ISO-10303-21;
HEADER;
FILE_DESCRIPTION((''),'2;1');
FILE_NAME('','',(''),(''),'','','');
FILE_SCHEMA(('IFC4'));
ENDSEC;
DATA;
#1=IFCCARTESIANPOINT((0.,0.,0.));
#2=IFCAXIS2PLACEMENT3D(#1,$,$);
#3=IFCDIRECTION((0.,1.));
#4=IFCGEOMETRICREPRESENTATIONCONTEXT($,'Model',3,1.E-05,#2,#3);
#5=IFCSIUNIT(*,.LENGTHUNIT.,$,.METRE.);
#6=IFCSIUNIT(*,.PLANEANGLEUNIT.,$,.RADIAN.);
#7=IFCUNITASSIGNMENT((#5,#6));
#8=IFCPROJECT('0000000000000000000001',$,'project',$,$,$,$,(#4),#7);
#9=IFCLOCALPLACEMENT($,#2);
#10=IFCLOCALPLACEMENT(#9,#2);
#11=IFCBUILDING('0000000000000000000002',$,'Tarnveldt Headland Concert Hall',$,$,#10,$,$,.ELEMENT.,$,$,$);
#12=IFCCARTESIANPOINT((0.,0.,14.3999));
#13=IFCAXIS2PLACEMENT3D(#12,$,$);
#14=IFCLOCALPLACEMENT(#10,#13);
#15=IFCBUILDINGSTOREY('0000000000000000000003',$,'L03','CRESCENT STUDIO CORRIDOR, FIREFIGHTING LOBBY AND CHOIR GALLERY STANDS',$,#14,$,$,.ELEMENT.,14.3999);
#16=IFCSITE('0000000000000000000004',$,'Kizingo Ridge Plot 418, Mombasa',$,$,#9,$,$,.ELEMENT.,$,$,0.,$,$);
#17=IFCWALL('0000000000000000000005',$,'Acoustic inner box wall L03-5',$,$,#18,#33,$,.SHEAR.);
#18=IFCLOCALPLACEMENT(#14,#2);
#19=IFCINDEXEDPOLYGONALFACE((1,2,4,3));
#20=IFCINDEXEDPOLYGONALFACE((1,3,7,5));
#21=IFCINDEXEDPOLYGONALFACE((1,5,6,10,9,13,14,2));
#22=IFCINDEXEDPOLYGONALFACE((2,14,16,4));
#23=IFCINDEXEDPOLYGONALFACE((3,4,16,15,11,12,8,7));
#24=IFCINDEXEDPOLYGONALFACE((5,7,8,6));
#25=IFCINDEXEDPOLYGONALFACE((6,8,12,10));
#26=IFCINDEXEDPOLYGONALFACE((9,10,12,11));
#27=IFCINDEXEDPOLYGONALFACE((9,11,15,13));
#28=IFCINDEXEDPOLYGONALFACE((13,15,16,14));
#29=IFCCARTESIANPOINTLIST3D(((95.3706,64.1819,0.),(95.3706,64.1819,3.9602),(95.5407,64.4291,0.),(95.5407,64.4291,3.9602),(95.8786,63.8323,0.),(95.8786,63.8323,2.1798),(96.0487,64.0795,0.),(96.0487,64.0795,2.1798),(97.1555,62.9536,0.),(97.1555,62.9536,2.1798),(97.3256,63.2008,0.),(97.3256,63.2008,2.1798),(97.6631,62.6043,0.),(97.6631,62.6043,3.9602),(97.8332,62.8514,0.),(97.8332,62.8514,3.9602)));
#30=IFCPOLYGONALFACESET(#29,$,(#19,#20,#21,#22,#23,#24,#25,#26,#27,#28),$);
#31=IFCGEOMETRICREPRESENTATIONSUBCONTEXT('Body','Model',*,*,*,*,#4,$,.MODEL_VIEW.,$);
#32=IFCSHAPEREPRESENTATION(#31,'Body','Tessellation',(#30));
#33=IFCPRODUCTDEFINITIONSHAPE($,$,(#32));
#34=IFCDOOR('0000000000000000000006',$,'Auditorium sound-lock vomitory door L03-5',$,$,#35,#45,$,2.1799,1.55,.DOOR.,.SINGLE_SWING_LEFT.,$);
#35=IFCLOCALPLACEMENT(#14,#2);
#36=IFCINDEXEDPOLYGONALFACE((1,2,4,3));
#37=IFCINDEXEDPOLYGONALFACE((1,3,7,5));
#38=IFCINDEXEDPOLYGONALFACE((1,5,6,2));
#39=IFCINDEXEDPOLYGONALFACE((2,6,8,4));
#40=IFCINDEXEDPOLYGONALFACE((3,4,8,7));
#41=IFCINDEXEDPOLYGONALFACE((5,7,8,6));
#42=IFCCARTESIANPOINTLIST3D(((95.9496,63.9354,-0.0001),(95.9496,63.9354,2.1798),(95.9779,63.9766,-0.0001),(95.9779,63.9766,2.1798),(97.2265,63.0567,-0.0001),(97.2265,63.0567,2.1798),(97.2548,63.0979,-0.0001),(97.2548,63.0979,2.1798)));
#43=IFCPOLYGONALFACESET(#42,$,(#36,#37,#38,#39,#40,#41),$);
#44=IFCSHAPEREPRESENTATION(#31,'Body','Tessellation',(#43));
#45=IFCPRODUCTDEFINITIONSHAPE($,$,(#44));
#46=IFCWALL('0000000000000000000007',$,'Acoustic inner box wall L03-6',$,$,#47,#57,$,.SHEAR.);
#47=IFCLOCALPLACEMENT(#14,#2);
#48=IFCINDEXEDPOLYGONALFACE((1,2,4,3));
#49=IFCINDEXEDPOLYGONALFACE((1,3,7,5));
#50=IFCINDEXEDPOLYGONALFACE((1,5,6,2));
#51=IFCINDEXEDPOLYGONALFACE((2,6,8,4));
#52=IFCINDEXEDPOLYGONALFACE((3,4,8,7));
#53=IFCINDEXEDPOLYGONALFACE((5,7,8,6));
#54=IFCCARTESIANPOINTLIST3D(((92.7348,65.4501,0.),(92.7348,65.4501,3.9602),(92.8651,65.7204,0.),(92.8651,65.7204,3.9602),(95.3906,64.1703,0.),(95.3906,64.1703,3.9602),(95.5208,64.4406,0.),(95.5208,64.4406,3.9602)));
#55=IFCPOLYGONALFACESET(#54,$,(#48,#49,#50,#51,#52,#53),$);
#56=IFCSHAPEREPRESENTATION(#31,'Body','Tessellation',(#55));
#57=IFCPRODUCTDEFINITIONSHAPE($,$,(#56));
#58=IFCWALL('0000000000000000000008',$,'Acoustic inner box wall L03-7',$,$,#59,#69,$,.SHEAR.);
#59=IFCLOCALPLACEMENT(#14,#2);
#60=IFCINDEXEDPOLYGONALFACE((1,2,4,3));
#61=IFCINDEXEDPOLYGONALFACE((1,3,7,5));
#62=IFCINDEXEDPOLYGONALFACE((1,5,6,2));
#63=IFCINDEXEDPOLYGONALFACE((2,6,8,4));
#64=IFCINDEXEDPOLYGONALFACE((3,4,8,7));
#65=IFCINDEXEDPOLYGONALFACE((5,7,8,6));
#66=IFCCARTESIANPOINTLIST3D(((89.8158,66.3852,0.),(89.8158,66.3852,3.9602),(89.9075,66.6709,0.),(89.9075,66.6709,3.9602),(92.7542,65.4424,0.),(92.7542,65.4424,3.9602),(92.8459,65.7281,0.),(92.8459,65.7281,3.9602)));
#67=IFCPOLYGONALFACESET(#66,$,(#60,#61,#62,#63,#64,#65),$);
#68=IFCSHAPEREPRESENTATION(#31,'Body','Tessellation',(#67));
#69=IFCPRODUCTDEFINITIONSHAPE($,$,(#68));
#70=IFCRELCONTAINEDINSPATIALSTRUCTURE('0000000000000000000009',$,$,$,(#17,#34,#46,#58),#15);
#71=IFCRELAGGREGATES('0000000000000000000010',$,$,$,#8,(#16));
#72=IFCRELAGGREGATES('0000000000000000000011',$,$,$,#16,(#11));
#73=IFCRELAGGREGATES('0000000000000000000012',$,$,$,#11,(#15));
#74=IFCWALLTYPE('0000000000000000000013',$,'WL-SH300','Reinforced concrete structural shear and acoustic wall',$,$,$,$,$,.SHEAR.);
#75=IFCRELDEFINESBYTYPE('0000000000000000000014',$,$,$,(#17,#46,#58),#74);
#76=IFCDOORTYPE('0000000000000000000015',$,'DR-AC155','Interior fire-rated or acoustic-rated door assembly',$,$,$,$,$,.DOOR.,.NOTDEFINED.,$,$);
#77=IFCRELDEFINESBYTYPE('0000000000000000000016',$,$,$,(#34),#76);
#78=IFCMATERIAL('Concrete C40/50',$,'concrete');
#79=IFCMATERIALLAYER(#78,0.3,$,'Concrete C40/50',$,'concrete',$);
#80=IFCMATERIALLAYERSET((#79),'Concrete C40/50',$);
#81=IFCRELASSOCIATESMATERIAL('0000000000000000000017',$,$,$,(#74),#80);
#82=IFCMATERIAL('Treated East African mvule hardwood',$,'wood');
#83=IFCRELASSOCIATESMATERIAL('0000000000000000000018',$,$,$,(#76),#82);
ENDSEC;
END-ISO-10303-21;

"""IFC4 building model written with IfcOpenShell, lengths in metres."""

from ifc_helpers import new_model, si_unit, direction, frame, frame_2d, origin, place, context, subcontext, project, spatial, rectangle, extrude, material, layer, layer_set, type_object, element, fill, save


model = new_model("IFC4")

# Units and contexts
model_context = context("Model", 3, precision=1e-05, world=origin(), true_north=direction((0.0, 1.0)))
body_context = subcontext(model_context, "Body", "Model", "MODEL_VIEW")
ifc_project = project(units=[si_unit("LENGTHUNIT", "METRE"), si_unit("PLANEANGLEUNIT", "RADIAN")], contexts=[model_context])

# Site, building, storey
site_placement = place(None, origin())
site = spatial("IfcSite", under=ifc_project, at=site_placement, Name="Kizingo Ridge Plot 418, Mombasa", CompositionType="ELEMENT", RefElevation=0.0)
building_placement = place(site_placement, origin())
building = spatial("IfcBuilding", under=site, at=building_placement, Name="Tarnveldt Headland Concert Hall", CompositionType="ELEMENT")
storey_placement = place(building_placement, frame((0.0, 0.0, 14.3999)))
storey = spatial("IfcBuildingStorey", under=building, at=storey_placement, Name="L03", Description="CRESCENT STUDIO CORRIDOR, FIREFIGHTING LOBBY AND CHOIR GALLERY STANDS", CompositionType="ELEMENT", Elevation=14.3999)

# Shared definitions
ifc_material_1 = material(Name="Concrete C40/50", Category="concrete")

# Wall, opening, door
ifc_layer_1 = layer(ifc_material_1, 0.3, Name="Concrete C40/50", Category="concrete")
ifc_layer_set_1 = layer_set([ifc_layer_1], Name="Concrete C40/50")
wall_type_1 = type_object("IfcWallType", Name="WL-SH300", Description="Reinforced concrete structural shear and acoustic wall", PredefinedType="SHEAR", material=ifc_layer_set_1)
wall_1_placement = place(storey_placement, frame((97.7483, 62.7278, 0.0), z_axis=(0.0, 0.0, 1.0), x_axis=(-0.823781, 0.566909, 0.0)))
wall_1 = element("IfcWall", 1, at=wall_1_placement, inside=storey, type_object=wall_type_1, Name="Acoustic inner box wall L03-5", PredefinedType="SHEAR", context=body_context, shape_type="SweptSolid", body=[
    extrude(rectangle(XDim=2.783, YDim=0.3, at=frame_2d((1.3916, 0.0))), origin(), (0.0, 0.0, 1.0), 3.9602),
])
opening_1_placement = place(wall_1_placement, frame((0.6165, 0.0, 0.0)))
opening_1 = element("IfcOpeningElement", 2, at=opening_1_placement, cuts=wall_1, PredefinedType="OPENING", context=body_context, shape_type="SweptSolid", body=[
    extrude(rectangle(XDim=1.55, YDim=2.1799, at=frame_2d((0.7749, 1.0898))), frame((0.0, 0.1599, 0.0), z_axis=(0.0, -1.0, 0.0), x_axis=(1.0, 0.0, 0.0)), (0.0, 0.0, 1.0), 0.3201),
])
ifc_material_2 = material(Name="Treated East African mvule hardwood", Category="wood")
door_type_1 = type_object("IfcDoorType", Name="DR-AC155", Description="Interior fire-rated or acoustic-rated door assembly", OperationType="NOTDEFINED", PredefinedType="DOOR", material=ifc_material_2)
door_1_placement = place(opening_1_placement, origin())
door_1 = element("IfcDoor", 3, at=door_1_placement, inside=storey, type_object=door_type_1, Name="Auditorium sound-lock vomitory door L03-5", OperationType="SINGLE_SWING_LEFT", OverallHeight=2.1799, OverallWidth=1.55, PredefinedType="DOOR", context=body_context, shape_type="SweptSolid", body=[
    extrude(rectangle(XDim=1.55, YDim=2.1799, at=frame_2d((0.7749, 1.0898))), frame((0.0, 0.0249, 0.0), z_axis=(0.0, -1.0, 0.0), x_axis=(1.0, 0.0, 0.0)), (0.0, 0.0, 1.0), 0.05),
])
fill(opening_1, door_1)

# Walls
wall_2_placement = place(storey_placement, frame((95.4558, 64.3054, 0.0), z_axis=(0.0, 0.0, 1.0), x_axis=(-0.900858, 0.434114, 0.0)))
element("IfcWall", 4, at=wall_2_placement, inside=storey, type_object=wall_type_1, Name="Acoustic inner box wall L03-6", PredefinedType="SHEAR", context=body_context, shape_type="SweptSolid", body=[
    extrude(rectangle(XDim=2.948, YDim=0.3, at=frame_2d((1.4741, 0.0))), origin(), (0.0, 0.0, 1.0), 3.9602),
])
wall_3_placement = place(storey_placement, frame((92.8, 65.5852, 0.0), z_axis=(0.0, 0.0, 1.0), x_axis=(-0.952183, 0.305528, 0.0)))
element("IfcWall", 5, at=wall_3_placement, inside=storey, type_object=wall_type_1, Name="Acoustic inner box wall L03-7", PredefinedType="SHEAR", context=body_context, shape_type="SweptSolid", body=[
    extrude(rectangle(XDim=3.0859, YDim=0.3, at=frame_2d((1.543, 0.0))), origin(), (0.0, 0.0, 1.0), 3.9602),
])

save(model, "model.ifc")
